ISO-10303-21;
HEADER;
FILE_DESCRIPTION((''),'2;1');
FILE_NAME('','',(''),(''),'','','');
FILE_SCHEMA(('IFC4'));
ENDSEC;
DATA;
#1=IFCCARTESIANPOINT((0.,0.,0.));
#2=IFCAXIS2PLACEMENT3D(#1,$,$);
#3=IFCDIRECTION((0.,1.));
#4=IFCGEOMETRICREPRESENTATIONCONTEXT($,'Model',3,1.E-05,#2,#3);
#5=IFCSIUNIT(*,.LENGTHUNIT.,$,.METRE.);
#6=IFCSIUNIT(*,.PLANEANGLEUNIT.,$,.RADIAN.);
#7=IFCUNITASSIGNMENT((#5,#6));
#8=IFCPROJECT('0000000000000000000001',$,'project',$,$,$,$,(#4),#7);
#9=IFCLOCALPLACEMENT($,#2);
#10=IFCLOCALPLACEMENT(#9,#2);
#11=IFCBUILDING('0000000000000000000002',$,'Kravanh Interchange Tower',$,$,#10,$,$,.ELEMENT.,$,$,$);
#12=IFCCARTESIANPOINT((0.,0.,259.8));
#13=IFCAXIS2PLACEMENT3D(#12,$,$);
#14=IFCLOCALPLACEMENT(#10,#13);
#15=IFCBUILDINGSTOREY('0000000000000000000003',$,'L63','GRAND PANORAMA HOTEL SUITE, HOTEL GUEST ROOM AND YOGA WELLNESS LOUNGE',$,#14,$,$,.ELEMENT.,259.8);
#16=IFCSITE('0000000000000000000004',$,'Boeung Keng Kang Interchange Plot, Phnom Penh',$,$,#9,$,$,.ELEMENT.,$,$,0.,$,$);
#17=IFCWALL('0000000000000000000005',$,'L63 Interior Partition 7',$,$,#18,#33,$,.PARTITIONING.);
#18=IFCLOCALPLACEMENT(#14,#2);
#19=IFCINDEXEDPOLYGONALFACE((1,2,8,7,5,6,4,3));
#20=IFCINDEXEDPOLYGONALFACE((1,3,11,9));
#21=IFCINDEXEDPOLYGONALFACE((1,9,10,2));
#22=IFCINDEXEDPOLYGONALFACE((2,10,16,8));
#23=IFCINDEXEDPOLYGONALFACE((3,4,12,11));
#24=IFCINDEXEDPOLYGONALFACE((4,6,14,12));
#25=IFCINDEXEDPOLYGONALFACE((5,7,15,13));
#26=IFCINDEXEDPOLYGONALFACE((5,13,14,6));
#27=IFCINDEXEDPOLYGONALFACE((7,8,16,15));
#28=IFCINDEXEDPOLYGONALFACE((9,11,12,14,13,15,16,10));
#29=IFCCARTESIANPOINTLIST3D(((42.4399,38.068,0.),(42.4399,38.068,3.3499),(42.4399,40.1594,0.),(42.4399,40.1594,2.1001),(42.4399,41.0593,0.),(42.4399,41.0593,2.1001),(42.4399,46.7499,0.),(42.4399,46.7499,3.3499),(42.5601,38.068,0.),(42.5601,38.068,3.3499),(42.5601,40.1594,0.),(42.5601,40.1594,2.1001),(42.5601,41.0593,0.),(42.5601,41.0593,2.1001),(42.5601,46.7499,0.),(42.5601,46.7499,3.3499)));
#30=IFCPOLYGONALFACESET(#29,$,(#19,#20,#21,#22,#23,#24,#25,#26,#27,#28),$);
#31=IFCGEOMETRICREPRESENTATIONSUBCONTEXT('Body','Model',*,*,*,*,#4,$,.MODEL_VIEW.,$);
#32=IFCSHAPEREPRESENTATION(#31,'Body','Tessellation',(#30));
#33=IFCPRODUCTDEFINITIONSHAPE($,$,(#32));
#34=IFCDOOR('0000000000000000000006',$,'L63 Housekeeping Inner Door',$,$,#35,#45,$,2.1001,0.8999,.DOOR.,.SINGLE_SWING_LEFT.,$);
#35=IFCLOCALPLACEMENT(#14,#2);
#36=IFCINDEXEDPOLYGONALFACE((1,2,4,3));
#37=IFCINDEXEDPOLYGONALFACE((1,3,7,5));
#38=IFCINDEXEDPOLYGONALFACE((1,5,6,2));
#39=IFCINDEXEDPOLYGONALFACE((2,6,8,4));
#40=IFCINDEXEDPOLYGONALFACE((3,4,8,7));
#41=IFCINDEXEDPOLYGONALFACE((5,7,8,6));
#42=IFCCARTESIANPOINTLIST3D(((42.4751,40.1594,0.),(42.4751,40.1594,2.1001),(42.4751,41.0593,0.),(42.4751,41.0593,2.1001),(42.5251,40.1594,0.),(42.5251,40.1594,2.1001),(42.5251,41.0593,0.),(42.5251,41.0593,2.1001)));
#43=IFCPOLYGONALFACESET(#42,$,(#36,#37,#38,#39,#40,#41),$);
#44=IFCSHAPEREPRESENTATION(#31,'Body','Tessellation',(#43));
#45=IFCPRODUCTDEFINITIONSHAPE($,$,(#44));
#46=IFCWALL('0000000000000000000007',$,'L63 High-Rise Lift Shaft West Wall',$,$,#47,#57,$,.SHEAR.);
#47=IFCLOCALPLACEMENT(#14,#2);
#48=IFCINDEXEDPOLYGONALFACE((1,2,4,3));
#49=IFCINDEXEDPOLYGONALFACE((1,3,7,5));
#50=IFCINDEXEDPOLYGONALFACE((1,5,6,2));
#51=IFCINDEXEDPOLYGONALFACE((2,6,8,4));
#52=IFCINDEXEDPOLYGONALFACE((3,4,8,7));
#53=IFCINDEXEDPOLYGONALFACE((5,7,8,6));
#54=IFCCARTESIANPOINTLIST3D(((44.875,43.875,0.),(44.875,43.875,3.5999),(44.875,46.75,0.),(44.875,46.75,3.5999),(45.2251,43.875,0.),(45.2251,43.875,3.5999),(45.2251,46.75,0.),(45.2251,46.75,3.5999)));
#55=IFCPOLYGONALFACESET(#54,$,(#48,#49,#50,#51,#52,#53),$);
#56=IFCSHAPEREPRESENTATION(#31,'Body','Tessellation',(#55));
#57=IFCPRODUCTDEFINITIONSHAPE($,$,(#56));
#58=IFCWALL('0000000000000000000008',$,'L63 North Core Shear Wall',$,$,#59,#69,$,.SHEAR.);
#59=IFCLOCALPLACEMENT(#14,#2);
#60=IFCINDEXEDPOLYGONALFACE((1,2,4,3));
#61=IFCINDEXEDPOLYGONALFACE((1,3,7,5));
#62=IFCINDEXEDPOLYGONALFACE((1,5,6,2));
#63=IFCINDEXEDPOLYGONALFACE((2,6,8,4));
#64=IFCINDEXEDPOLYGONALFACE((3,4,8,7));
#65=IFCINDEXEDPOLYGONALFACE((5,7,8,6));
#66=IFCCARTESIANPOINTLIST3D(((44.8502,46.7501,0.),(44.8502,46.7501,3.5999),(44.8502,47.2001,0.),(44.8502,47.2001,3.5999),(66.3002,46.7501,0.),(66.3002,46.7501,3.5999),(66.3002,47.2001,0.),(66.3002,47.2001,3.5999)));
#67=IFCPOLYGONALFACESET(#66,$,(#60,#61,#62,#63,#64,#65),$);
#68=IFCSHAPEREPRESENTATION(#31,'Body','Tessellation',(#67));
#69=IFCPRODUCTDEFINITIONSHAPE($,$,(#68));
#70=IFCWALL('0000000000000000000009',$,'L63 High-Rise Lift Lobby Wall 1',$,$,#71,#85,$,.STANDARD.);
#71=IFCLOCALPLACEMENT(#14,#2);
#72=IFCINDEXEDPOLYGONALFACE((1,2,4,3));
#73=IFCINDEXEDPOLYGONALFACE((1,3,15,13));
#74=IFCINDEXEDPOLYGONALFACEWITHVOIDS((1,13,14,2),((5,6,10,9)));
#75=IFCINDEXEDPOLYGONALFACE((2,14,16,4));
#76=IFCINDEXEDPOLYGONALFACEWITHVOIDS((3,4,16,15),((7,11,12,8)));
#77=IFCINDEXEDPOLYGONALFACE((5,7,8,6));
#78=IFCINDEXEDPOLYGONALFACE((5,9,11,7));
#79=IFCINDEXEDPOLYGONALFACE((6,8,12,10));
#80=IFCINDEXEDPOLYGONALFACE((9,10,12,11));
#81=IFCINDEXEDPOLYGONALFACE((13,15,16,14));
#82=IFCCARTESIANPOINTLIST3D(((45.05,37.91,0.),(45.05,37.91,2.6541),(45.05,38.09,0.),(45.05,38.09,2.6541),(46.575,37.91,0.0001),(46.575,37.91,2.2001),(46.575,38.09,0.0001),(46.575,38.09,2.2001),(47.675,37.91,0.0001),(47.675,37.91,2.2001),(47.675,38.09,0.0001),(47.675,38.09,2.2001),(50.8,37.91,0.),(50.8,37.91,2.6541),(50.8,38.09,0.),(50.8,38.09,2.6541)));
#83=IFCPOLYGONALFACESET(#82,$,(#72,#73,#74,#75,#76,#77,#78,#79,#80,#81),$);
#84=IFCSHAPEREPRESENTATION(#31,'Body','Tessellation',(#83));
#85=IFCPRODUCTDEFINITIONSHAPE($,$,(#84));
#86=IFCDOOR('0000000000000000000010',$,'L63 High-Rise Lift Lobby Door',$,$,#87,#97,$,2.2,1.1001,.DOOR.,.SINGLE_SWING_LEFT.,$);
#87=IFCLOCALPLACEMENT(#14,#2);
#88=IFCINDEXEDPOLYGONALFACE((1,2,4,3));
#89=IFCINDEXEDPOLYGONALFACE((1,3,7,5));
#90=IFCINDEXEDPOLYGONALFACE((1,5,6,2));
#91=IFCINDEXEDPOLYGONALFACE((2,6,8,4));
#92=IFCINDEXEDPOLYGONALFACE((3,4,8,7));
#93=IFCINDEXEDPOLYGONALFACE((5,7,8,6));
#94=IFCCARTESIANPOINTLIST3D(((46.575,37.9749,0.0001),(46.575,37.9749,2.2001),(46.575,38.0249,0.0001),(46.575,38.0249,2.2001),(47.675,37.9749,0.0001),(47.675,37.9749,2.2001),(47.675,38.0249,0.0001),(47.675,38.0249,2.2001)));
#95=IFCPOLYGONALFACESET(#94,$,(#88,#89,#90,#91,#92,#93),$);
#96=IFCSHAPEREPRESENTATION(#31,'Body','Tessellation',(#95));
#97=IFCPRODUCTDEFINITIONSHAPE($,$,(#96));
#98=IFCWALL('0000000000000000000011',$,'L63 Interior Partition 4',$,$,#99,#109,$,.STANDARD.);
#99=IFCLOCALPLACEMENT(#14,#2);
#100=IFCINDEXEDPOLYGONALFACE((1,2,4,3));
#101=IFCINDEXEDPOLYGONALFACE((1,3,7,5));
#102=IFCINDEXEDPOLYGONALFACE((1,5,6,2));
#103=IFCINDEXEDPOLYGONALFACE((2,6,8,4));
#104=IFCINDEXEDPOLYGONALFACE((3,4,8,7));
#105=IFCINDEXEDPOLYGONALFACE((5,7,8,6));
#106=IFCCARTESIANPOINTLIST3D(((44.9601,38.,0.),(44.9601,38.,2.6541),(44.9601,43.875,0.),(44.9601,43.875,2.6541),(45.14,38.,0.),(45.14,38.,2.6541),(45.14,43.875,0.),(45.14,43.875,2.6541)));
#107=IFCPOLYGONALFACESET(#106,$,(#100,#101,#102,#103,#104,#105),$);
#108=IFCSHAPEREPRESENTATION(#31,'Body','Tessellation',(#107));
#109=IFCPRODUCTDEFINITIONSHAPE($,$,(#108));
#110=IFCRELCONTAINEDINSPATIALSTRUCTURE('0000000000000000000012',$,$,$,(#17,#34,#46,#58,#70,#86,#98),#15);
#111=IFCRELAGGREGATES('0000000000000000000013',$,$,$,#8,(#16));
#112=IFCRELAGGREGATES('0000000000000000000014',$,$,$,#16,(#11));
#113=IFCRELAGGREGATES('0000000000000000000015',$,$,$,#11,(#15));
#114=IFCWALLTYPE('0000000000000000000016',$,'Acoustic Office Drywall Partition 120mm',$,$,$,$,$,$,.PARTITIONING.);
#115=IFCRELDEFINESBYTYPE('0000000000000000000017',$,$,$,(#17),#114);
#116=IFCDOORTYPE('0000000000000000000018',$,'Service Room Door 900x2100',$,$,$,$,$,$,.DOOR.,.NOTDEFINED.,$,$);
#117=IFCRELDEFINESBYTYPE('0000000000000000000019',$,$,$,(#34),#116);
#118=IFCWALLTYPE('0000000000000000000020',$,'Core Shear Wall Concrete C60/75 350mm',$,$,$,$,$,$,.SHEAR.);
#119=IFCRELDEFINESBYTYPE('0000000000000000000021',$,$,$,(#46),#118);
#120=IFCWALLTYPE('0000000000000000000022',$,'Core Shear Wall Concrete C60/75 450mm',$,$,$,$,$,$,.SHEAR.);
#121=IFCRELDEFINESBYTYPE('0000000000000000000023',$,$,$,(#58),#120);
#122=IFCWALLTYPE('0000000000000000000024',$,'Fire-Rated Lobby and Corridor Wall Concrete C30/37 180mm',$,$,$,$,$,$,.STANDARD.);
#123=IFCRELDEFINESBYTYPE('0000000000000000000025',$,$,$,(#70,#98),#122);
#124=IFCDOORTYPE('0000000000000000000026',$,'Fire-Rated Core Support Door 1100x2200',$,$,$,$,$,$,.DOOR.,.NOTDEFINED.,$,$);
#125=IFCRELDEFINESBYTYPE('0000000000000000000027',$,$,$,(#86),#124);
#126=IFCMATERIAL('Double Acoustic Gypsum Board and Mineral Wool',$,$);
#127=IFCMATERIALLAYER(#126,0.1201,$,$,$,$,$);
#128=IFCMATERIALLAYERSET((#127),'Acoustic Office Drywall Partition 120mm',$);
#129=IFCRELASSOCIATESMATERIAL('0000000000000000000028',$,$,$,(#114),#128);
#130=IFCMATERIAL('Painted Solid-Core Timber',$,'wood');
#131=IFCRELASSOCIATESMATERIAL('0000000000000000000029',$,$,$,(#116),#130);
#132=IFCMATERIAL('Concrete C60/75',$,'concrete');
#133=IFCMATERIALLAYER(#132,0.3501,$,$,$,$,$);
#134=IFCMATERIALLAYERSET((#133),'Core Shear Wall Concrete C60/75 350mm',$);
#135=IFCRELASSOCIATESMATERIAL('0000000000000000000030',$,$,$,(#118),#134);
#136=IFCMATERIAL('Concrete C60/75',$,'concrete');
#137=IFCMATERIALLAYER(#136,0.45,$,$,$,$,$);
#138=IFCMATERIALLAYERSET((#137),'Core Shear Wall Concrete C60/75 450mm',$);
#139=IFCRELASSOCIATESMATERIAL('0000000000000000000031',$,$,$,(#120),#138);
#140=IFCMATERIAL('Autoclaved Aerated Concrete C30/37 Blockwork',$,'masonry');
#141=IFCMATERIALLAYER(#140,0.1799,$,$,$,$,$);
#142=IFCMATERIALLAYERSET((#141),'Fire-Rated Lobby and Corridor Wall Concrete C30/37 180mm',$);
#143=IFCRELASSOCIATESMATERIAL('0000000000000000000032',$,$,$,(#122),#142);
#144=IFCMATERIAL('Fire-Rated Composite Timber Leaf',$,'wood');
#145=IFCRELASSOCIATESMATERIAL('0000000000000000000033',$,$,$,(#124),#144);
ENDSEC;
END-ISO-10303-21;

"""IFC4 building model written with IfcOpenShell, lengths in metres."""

from ifc_helpers import new_model, si_unit, direction, frame, frame_2d, origin, place, context, subcontext, project, spatial, rectangle, extrude, material, layer, layer_set, type_object, element, fill, save


model = new_model("IFC4")

# Units and contexts
model_context = context("Model", 3, precision=1e-05, world=origin(), true_north=direction((0.0, 1.0)))
body_context = subcontext(model_context, "Body", "Model", "MODEL_VIEW")
ifc_project = project(units=[si_unit("LENGTHUNIT", "METRE"), si_unit("PLANEANGLEUNIT", "RADIAN")], contexts=[model_context])

# Site, building, storey
site_placement = place(None, origin())
site = spatial("IfcSite", under=ifc_project, at=site_placement, Name="Boeung Keng Kang Interchange Plot, Phnom Penh", CompositionType="ELEMENT", RefElevation=0.0)
building_placement = place(site_placement, origin())
building = spatial("IfcBuilding", under=site, at=building_placement, Name="Kravanh Interchange Tower", CompositionType="ELEMENT")
storey_placement = place(building_placement, frame((0.0, 0.0, 259.8)))
storey = spatial("IfcBuildingStorey", under=building, at=storey_placement, Name="L63", Description="GRAND PANORAMA HOTEL SUITE, HOTEL GUEST ROOM AND YOGA WELLNESS LOUNGE", CompositionType="ELEMENT", Elevation=259.8)

# Wall, opening, door
ifc_material_1 = material(Name="Double Acoustic Gypsum Board and Mineral Wool")
ifc_layer_1 = layer(ifc_material_1, 0.1201)
ifc_layer_set_1 = layer_set([ifc_layer_1], Name="Acoustic Office Drywall Partition 120mm")
wall_type_1 = type_object("IfcWallType", Name="Acoustic Office Drywall Partition 120mm", PredefinedType="PARTITIONING", material=ifc_layer_set_1)
wall_1_placement = place(storey_placement, frame((42.5, 38.0681, 0.0), z_axis=(0.0, 0.0, 1.0), x_axis=(0.0, 1.0, 0.0)))
wall_1 = element("IfcWall", 1, at=wall_1_placement, inside=storey, type_object=wall_type_1, Name="L63 Interior Partition 7", PredefinedType="PARTITIONING", context=body_context, shape_type="SweptSolid", body=[
    extrude(rectangle(XDim=8.6819, YDim=0.1201, at=frame_2d((4.3408, 0.0))), origin(), (0.0, 0.0, 1.0), 3.3499),
])
opening_1_placement = place(wall_1_placement, frame((2.0913, 0.0, 0.0)))
opening_1 = element("IfcOpeningElement", 2, at=opening_1_placement, cuts=wall_1, PredefinedType="OPENING", context=body_context, shape_type="SweptSolid", body=[
    extrude(rectangle(XDim=0.8999, YDim=2.1001, at=frame_2d((0.45, 1.05))), frame((0.0, 0.0701, 0.0), z_axis=(0.0, -1.0, 0.0), x_axis=(1.0, 0.0, 0.0)), (0.0, 0.0, 1.0), 0.1401),
])
ifc_material_2 = material(Name="Painted Solid-Core Timber", Category="wood")
door_type_1 = type_object("IfcDoorType", Name="Service Room Door 900x2100", OperationType="NOTDEFINED", PredefinedType="DOOR", material=ifc_material_2)
door_1_placement = place(opening_1_placement, origin())
door_1 = element("IfcDoor", 3, at=door_1_placement, inside=storey, type_object=door_type_1, Name="L63 Housekeeping Inner Door", OperationType="SINGLE_SWING_LEFT", OverallHeight=2.1001, OverallWidth=0.8999, PredefinedType="DOOR", context=body_context, shape_type="SweptSolid", body=[
    extrude(rectangle(XDim=0.8999, YDim=2.1001, at=frame_2d((0.45, 1.05))), frame((0.0, 0.0249, 0.0), z_axis=(0.0, -1.0, 0.0), x_axis=(1.0, 0.0, 0.0)), (0.0, 0.0, 1.0), 0.05),
])
fill(opening_1, door_1)

# Walls
ifc_material_3 = material(Name="Concrete C60/75", Category="concrete")
ifc_layer_2 = layer(ifc_material_3, 0.3501)
ifc_layer_set_2 = layer_set([ifc_layer_2], Name="Core Shear Wall Concrete C60/75 350mm")
wall_type_2 = type_object("IfcWallType", Name="Core Shear Wall Concrete C60/75 350mm", PredefinedType="SHEAR", material=ifc_layer_set_2)
wall_2_placement = place(storey_placement, frame((45.05, 43.875, 0.0), z_axis=(0.0, 0.0, 1.0), x_axis=(0.0, 1.0, 0.0)))
element("IfcWall", 4, at=wall_2_placement, inside=storey, type_object=wall_type_2, Name="L63 High-Rise Lift Shaft West Wall", PredefinedType="SHEAR", context=body_context, shape_type="SweptSolid", body=[
    extrude(rectangle(XDim=2.875, YDim=0.3501, at=frame_2d((1.4375, 0.0))), origin(), (0.0, 0.0, 1.0), 3.5999),
])
ifc_material_4 = material(Name="Concrete C60/75", Category="concrete")
ifc_layer_3 = layer(ifc_material_4, 0.45)
ifc_layer_set_3 = layer_set([ifc_layer_3], Name="Core Shear Wall Concrete C60/75 450mm")
wall_type_3 = type_object("IfcWallType", Name="Core Shear Wall Concrete C60/75 450mm", PredefinedType="SHEAR", material=ifc_layer_set_3)
wall_3_placement = place(storey_placement, frame((44.8501, 46.9751, 0.0), z_axis=(0.0, 0.0, 1.0), x_axis=(1.0, 0.0, 0.0)))
element("IfcWall", 5, at=wall_3_placement, inside=storey, type_object=wall_type_3, Name="L63 North Core Shear Wall", PredefinedType="SHEAR", context=body_context, shape_type="SweptSolid", body=[
    extrude(rectangle(XDim=21.45, YDim=0.45, at=frame_2d((10.7251, 0.0))), origin(), (0.0, 0.0, 1.0), 3.5999),
])

# Wall, opening, door
ifc_material_5 = material(Name="Autoclaved Aerated Concrete C30/37 Blockwork", Category="masonry")
ifc_layer_4 = layer(ifc_material_5, 0.1799)
ifc_layer_set_4 = layer_set([ifc_layer_4], Name="Fire-Rated Lobby and Corridor Wall Concrete C30/37 180mm")
wall_type_4 = type_object("IfcWallType", Name="Fire-Rated Lobby and Corridor Wall Concrete C30/37 180mm", PredefinedType="STANDARD", material=ifc_layer_set_4)
wall_4_placement = place(storey_placement, frame((45.05, 38.0, 0.0), z_axis=(0.0, 0.0, 1.0), x_axis=(1.0, 0.0, 0.0)))
wall_4 = element("IfcWall", 6, at=wall_4_placement, inside=storey, type_object=wall_type_4, Name="L63 High-Rise Lift Lobby Wall 1", PredefinedType="STANDARD", context=body_context, shape_type="SweptSolid", body=[
    extrude(rectangle(XDim=5.75, YDim=0.1799, at=frame_2d((2.875, 0.0))), origin(), (0.0, 0.0, 1.0), 2.6541),
])
opening_2_placement = place(wall_4_placement, frame((1.5249, 0.0, 0.0)))
opening_2 = element("IfcOpeningElement", 7, at=opening_2_placement, cuts=wall_4, PredefinedType="OPENING", context=body_context, shape_type="SweptSolid", body=[
    extrude(rectangle(XDim=1.1001, YDim=2.2, at=frame_2d((0.55, 1.1001))), frame((0.0, 0.1001, 0.0), z_axis=(0.0, -1.0, 0.0), x_axis=(1.0, 0.0, 0.0)), (0.0, 0.0, 1.0), 0.2),
])
ifc_material_6 = material(Name="Fire-Rated Composite Timber Leaf", Category="wood")
door_type_2 = type_object("IfcDoorType", Name="Fire-Rated Core Support Door 1100x2200", OperationType="NOTDEFINED", PredefinedType="DOOR", material=ifc_material_6)
door_2_placement = place(opening_2_placement, origin())
door_2 = element("IfcDoor", 8, at=door_2_placement, inside=storey, type_object=door_type_2, Name="L63 High-Rise Lift Lobby Door", OperationType="SINGLE_SWING_LEFT", OverallHeight=2.2, OverallWidth=1.1001, PredefinedType="DOOR", context=body_context, shape_type="SweptSolid", body=[
    extrude(rectangle(XDim=1.1001, YDim=2.2, at=frame_2d((0.55, 1.1001))), frame((0.0, 0.0249, 0.0), z_axis=(0.0, -1.0, 0.0), x_axis=(1.0, 0.0, 0.0)), (0.0, 0.0, 1.0), 0.05),
])
fill(opening_2, door_2)

# Wall
wall_5_placement = place(storey_placement, frame((45.05, 38.0, 0.0), z_axis=(0.0, 0.0, 1.0), x_axis=(0.0, 1.0, 0.0)))
element("IfcWall", 9, at=wall_5_placement, inside=storey, type_object=wall_type_4, Name="L63 Interior Partition 4", PredefinedType="STANDARD", context=body_context, shape_type="SweptSolid", body=[
    extrude(rectangle(XDim=5.875, YDim=0.1799, at=frame_2d((2.9375, 0.0))), origin(), (0.0, 0.0, 1.0), 2.6541),
])

save(model, "model.ifc")
